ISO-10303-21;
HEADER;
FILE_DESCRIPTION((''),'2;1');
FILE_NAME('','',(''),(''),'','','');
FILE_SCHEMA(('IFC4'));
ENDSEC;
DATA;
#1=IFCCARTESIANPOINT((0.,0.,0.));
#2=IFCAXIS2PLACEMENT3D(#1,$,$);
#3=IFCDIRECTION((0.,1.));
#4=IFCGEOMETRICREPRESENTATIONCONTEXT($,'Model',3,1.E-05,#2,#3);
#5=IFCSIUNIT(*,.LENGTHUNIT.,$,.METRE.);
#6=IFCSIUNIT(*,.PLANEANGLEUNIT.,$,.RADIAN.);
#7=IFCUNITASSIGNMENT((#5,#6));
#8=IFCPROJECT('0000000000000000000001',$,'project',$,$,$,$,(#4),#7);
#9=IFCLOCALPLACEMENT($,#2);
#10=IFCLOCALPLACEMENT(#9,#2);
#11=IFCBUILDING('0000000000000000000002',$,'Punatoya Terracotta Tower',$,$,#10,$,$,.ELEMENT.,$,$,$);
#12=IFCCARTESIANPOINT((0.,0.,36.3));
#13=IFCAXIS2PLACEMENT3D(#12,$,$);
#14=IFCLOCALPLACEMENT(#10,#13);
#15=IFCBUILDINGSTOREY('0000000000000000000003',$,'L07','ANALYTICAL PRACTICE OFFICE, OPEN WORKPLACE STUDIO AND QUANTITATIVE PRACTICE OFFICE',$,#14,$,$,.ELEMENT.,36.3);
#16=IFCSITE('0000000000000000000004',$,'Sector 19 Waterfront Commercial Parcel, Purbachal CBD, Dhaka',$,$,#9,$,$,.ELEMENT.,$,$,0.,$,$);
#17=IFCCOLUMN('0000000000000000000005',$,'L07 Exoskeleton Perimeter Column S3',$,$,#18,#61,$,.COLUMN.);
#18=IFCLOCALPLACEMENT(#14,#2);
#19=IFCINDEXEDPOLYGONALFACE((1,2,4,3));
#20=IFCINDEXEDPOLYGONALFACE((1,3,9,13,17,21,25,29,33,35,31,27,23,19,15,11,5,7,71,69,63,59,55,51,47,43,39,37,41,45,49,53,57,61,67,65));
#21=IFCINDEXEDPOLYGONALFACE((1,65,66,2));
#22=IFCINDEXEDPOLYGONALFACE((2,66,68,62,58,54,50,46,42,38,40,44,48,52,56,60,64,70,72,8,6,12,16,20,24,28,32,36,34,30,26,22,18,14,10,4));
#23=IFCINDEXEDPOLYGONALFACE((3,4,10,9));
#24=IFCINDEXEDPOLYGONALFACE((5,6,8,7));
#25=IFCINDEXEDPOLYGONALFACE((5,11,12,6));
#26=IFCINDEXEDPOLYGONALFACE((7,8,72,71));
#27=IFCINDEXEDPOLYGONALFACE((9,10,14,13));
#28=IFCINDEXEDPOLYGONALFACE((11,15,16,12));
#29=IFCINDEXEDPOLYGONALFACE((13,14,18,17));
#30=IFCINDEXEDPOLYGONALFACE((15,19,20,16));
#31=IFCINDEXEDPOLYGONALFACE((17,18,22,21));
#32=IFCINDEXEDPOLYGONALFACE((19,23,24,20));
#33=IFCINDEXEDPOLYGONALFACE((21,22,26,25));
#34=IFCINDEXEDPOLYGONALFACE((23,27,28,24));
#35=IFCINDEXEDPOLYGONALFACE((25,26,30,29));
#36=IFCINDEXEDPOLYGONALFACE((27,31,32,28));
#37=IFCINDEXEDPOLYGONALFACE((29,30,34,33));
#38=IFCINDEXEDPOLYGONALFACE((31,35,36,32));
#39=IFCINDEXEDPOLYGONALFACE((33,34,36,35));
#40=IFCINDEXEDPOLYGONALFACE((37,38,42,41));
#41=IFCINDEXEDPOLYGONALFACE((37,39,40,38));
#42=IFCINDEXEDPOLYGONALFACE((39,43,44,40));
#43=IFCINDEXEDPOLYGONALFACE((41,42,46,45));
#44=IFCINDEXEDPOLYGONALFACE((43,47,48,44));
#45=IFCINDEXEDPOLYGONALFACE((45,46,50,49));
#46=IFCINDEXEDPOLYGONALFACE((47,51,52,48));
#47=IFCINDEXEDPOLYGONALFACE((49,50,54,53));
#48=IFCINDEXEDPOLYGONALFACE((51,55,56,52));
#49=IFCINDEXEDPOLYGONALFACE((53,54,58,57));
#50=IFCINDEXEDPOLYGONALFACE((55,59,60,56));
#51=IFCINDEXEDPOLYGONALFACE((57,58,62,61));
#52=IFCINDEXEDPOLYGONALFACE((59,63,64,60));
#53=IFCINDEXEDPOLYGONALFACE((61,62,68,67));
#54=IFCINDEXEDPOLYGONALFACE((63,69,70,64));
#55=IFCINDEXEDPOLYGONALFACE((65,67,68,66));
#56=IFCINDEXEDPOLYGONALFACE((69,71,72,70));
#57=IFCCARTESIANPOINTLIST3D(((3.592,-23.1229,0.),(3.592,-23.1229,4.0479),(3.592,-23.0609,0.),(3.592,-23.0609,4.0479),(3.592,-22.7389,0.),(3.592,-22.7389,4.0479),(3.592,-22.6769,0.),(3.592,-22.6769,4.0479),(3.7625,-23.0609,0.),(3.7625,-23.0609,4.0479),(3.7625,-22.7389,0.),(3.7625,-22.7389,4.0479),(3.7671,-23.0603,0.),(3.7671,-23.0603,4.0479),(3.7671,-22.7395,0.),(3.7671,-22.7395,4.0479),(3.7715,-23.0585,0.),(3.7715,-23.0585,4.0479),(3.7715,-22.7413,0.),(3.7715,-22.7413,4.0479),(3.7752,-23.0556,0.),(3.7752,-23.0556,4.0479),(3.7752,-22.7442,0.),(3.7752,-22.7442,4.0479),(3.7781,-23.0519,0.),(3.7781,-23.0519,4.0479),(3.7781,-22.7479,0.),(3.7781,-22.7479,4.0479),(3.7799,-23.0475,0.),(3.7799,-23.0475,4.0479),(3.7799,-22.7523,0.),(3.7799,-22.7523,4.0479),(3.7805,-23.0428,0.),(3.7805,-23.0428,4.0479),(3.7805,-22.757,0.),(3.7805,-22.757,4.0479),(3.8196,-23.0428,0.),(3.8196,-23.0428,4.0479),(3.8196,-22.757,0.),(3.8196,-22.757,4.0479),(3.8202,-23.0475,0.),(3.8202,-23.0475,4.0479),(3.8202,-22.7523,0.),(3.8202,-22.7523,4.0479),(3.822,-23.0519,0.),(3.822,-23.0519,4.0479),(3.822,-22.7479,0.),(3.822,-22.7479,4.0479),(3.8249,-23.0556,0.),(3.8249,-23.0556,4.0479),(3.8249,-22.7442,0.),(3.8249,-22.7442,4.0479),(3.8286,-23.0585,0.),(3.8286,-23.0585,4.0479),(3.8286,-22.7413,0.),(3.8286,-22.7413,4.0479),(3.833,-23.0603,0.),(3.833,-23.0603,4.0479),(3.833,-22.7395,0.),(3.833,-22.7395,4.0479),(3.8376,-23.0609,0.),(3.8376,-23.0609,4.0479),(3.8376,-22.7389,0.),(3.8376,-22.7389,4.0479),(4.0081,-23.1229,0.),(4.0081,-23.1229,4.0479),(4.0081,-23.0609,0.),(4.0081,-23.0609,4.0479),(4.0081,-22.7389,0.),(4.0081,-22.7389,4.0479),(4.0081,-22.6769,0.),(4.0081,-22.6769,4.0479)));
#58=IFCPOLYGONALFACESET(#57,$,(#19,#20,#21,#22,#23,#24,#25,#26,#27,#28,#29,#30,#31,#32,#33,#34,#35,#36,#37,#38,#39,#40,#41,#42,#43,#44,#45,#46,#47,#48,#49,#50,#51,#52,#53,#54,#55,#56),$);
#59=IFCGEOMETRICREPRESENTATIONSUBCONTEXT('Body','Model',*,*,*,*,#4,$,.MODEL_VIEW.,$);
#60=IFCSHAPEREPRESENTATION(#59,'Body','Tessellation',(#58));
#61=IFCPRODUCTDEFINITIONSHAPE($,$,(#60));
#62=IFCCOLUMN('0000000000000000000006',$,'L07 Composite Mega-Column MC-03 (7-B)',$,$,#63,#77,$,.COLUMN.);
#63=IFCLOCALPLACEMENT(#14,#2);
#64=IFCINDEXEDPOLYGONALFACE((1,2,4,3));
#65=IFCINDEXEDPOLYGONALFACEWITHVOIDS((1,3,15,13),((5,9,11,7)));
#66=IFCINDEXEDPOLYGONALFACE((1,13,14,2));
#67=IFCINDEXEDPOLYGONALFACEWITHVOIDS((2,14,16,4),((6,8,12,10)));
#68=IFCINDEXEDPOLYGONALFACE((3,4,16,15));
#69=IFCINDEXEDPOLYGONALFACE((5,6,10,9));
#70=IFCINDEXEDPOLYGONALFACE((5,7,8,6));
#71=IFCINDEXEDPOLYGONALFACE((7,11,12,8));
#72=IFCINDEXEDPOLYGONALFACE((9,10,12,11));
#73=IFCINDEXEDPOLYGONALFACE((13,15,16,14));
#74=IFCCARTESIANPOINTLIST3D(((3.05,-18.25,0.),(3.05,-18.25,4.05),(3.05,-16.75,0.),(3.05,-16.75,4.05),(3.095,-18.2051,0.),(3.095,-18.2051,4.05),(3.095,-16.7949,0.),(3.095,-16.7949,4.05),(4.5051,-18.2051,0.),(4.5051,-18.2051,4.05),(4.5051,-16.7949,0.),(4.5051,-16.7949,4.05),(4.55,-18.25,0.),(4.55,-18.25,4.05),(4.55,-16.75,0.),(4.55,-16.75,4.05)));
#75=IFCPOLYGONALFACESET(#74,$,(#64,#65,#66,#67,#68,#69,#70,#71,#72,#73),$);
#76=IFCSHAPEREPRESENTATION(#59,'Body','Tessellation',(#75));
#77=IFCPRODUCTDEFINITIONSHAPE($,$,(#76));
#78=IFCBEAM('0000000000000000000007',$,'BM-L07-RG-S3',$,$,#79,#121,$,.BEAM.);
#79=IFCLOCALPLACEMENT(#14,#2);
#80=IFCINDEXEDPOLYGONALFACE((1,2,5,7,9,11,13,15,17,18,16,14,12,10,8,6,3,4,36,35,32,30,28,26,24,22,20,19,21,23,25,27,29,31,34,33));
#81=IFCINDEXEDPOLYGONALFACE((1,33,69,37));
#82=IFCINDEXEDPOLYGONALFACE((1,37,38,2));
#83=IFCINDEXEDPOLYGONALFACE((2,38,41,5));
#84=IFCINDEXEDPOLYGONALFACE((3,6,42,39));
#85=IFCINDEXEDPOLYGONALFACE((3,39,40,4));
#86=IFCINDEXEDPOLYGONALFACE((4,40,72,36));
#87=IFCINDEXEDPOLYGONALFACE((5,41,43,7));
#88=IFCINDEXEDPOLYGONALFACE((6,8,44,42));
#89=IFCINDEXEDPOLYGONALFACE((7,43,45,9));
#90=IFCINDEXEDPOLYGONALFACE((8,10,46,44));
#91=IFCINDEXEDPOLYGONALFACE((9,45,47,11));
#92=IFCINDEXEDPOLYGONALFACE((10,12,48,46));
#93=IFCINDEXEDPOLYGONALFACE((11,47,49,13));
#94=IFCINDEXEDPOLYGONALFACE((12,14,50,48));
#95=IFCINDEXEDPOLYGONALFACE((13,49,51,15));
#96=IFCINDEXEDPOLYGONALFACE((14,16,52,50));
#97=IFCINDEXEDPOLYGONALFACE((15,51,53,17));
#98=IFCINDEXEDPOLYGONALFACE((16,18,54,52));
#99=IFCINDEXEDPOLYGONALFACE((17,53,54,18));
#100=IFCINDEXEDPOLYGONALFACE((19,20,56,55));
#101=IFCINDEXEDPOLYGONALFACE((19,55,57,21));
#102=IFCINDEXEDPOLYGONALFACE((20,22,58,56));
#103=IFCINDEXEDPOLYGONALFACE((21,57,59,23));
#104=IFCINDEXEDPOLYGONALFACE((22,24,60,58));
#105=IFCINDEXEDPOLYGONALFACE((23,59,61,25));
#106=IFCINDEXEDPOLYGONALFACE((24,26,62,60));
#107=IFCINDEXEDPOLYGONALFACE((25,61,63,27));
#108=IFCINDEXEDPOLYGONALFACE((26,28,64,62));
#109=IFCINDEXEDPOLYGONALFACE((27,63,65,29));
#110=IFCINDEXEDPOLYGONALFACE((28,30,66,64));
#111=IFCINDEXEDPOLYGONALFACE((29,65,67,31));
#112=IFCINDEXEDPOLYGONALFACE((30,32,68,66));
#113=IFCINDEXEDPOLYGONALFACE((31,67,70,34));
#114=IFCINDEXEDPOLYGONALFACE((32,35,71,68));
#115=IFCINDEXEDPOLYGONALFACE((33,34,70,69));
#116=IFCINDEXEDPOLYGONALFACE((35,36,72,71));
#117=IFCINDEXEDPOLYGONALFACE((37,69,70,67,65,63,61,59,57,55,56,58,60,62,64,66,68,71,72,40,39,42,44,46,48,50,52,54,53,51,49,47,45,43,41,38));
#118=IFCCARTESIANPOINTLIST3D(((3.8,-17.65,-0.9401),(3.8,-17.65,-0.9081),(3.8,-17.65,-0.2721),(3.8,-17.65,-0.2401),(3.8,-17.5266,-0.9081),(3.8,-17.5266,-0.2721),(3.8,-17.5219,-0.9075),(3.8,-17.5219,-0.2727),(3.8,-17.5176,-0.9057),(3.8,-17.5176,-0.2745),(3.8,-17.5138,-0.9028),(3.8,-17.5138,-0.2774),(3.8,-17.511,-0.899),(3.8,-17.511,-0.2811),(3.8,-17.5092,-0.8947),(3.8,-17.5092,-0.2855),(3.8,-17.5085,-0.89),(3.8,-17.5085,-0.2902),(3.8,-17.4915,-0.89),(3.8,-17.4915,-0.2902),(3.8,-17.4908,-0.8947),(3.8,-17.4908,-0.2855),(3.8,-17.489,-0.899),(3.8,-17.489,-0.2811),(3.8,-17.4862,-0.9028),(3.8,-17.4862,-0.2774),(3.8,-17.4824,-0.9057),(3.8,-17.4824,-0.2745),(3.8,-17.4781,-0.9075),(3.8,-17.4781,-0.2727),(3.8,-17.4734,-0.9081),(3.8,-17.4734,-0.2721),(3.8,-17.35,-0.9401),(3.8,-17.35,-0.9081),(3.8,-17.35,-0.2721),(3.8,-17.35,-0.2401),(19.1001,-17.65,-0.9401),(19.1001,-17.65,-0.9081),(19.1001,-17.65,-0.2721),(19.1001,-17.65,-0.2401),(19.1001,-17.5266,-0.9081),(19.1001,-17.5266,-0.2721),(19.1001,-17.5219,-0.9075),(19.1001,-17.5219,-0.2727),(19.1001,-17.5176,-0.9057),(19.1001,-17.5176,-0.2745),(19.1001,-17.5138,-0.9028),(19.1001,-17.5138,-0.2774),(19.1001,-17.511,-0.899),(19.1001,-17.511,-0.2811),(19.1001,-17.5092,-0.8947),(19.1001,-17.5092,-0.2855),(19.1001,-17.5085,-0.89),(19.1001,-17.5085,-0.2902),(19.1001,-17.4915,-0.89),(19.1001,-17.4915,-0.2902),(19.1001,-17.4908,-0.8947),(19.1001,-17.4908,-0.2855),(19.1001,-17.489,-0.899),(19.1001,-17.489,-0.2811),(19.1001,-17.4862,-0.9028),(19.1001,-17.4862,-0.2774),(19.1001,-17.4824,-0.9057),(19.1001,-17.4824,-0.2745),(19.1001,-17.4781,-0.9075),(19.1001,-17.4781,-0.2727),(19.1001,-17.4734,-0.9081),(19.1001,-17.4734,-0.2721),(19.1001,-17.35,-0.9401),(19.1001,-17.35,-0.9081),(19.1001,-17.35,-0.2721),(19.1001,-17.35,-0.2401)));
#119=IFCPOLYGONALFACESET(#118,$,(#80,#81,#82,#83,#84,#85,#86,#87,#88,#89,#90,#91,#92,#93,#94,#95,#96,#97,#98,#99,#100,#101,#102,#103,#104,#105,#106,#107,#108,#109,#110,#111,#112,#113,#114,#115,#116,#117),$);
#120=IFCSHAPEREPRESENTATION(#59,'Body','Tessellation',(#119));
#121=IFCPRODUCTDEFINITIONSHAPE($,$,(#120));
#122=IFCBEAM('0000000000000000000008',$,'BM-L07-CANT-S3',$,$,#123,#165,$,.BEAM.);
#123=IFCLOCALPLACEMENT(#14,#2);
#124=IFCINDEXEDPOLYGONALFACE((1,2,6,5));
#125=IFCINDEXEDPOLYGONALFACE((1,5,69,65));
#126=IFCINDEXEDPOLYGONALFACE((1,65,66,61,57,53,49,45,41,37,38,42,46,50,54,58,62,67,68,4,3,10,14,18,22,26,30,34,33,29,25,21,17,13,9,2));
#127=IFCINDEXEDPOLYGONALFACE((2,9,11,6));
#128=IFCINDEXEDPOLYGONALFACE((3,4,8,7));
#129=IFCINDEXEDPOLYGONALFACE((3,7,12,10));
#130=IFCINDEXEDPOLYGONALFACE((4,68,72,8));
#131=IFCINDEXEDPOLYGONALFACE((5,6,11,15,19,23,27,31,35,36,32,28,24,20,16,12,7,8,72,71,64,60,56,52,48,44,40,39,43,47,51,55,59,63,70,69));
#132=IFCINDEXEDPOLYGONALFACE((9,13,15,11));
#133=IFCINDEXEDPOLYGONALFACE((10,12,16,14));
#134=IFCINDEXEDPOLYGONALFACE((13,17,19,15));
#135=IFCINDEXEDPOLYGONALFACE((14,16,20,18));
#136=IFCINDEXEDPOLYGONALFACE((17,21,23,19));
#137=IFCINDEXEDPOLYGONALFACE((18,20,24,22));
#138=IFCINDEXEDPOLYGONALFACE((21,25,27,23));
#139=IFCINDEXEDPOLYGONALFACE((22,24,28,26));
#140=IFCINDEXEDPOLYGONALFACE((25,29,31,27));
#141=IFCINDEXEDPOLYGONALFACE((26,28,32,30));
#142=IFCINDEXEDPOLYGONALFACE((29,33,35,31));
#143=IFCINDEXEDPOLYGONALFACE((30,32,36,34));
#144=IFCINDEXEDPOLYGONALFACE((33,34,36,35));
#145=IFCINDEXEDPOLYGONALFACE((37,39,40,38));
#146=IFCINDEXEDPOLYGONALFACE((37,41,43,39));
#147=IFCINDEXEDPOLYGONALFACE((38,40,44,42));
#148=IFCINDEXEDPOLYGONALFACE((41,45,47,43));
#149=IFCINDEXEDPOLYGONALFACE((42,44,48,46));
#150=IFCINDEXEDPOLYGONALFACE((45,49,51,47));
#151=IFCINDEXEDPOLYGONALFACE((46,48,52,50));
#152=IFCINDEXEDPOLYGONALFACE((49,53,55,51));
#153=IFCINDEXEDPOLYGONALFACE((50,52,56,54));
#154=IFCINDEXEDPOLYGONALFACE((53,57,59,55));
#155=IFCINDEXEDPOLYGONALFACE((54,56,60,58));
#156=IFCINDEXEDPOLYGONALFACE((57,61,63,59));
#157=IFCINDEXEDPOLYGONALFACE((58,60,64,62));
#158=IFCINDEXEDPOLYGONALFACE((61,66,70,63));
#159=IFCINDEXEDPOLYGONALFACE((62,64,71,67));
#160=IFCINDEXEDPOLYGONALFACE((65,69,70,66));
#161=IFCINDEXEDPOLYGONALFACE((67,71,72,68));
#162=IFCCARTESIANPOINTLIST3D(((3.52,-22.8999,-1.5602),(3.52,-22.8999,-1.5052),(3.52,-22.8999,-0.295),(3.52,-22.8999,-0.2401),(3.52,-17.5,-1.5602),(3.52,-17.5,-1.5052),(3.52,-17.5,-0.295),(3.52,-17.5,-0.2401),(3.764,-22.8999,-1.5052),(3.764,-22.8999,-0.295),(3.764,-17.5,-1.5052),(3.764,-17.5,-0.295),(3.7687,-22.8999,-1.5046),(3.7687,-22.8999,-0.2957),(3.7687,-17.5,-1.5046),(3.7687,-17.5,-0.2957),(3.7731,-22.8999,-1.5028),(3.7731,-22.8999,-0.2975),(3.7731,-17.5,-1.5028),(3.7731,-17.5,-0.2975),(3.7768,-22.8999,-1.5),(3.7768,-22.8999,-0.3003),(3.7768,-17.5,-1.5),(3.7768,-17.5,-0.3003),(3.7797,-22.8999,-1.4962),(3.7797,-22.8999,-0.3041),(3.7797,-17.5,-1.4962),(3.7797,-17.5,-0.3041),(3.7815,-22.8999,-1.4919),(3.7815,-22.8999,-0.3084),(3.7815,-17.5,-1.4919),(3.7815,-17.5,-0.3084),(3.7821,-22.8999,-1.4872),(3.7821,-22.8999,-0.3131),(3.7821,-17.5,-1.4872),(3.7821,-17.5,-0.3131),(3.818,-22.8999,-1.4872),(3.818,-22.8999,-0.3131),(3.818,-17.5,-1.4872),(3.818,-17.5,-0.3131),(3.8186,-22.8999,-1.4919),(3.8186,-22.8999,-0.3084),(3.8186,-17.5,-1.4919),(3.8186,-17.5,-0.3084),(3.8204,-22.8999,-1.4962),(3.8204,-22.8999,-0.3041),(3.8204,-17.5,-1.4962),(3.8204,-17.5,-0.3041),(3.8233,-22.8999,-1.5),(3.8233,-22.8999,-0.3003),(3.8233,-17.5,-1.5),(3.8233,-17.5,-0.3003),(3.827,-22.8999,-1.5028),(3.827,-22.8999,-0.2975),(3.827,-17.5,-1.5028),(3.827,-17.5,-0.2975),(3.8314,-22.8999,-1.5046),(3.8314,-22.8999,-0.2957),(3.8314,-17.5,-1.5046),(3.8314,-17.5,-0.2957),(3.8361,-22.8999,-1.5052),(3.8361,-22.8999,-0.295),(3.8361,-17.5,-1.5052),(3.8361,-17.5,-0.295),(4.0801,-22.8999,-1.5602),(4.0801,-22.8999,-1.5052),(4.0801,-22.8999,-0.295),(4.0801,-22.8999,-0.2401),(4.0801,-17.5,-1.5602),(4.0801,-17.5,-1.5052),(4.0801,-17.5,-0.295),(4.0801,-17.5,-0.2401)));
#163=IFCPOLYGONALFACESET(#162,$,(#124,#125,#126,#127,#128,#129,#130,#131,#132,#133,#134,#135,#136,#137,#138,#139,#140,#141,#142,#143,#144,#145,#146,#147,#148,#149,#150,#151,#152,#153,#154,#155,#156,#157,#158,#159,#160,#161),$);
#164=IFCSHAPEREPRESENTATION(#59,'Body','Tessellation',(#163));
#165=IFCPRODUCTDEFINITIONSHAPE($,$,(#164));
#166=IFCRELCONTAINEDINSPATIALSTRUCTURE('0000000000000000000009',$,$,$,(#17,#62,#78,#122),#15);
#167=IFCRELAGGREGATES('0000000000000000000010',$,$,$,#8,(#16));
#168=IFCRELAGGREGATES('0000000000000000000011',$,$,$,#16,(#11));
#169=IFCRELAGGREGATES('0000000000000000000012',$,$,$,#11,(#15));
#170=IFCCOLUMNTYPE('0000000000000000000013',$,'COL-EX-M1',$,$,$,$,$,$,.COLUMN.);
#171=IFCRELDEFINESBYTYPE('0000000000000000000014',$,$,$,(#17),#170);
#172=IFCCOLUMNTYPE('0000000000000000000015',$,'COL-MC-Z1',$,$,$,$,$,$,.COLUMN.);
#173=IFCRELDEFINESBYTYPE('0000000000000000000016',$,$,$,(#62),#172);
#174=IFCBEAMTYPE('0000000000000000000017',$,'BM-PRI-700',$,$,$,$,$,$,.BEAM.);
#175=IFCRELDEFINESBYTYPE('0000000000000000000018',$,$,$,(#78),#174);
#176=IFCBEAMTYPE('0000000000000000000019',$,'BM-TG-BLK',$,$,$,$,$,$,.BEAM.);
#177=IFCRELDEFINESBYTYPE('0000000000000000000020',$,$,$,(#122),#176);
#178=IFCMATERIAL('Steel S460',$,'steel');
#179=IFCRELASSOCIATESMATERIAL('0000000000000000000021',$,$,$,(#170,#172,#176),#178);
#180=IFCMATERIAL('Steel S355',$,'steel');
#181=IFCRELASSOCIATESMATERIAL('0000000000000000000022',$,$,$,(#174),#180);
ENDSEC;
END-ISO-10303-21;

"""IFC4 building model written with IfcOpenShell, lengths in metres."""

from ifc_helpers import new_model, si_unit, direction, frame, origin, origin_2d, place, context, subcontext, project, spatial, hollow_rectangle, i_section, extrude, material, material_profile, profile_set, type_object, element, save


model = new_model("IFC4")

# Units and contexts
model_context = context("Model", 3, precision=1e-05, world=origin(), true_north=direction((0.0, 1.0)))
body_context = subcontext(model_context, "Body", "Model", "MODEL_VIEW")
ifc_project = project(units=[si_unit("LENGTHUNIT", "METRE"), si_unit("PLANEANGLEUNIT", "RADIAN")], contexts=[model_context])

# Site, building, storey
site_placement = place(None, origin())
site = spatial("IfcSite", under=ifc_project, at=site_placement, Name="Sector 19 Waterfront Commercial Parcel, Purbachal CBD, Dhaka", CompositionType="ELEMENT", RefElevation=0.0)
building_placement = place(site_placement, origin())
building = spatial("IfcBuilding", under=site, at=building_placement, Name="Punatoya Terracotta Tower", CompositionType="ELEMENT")
storey_placement = place(building_placement, frame((0.0, 0.0, 36.3)))
storey = spatial("IfcBuildingStorey", under=building, at=storey_placement, Name="L07", Description="ANALYTICAL PRACTICE OFFICE, OPEN WORKPLACE STUDIO AND QUANTITATIVE PRACTICE OFFICE", CompositionType="ELEMENT", Elevation=36.3)

# Columns
ifc_material_1 = material(Name="Steel S460", Category="steel")
ifc_material_profile_1 = material_profile(ifc_material_1, i_section(OverallWidth=0.416, OverallDepth=0.446, WebThickness=0.0391, FlangeThickness=0.062, FilletRadius=0.0181, at=origin_2d()))
ifc_profile_set_1 = profile_set([ifc_material_profile_1], Name="Steel S460")
column_type_1 = type_object("IfcColumnType", Name="COL-EX-M1", PredefinedType="COLUMN", material=ifc_profile_set_1)
column_1_placement = place(storey_placement, frame((3.8, -22.8999, 0.0), z_axis=(0.0, 0.0, 1.0), x_axis=(1.0, 0.0, 0.0)))
element("IfcColumn", 1, at=column_1_placement, inside=storey, type_object=column_type_1, Name="L07 Exoskeleton Perimeter Column S3", PredefinedType="COLUMN", context=body_context, shape_type="SweptSolid", body=[
    extrude(i_section(OverallWidth=0.416, OverallDepth=0.446, WebThickness=0.0391, FlangeThickness=0.062, FilletRadius=0.0181, at=origin_2d()), origin(), (0.0, 0.0, 1.0), 4.0479),
])
ifc_material_profile_2 = material_profile(ifc_material_1, hollow_rectangle(XDim=1.5, YDim=1.5, WallThickness=0.0449, at=origin_2d()))
ifc_profile_set_2 = profile_set([ifc_material_profile_2], Name="Steel S460")
column_type_2 = type_object("IfcColumnType", Name="COL-MC-Z1", PredefinedType="COLUMN", material=ifc_profile_set_2)
column_2_placement = place(storey_placement, frame((3.8, -17.5, 0.0), z_axis=(0.0, 0.0, 1.0), x_axis=(1.0, 0.0, 0.0)))
element("IfcColumn", 2, at=column_2_placement, inside=storey, type_object=column_type_2, Name="L07 Composite Mega-Column MC-03 (7-B)", PredefinedType="COLUMN", context=body_context, shape_type="SweptSolid", body=[
    extrude(hollow_rectangle(XDim=1.5, YDim=1.5, WallThickness=0.0449, at=origin_2d()), origin(), (0.0, 0.0, 1.0), 4.05),
])

# Beams
ifc_material_2 = material(Name="Steel S355", Category="steel")
ifc_material_profile_3 = material_profile(ifc_material_2, i_section(OverallWidth=0.3, OverallDepth=0.7, WebThickness=0.0171, FlangeThickness=0.032, FilletRadius=0.0181, at=origin_2d()))
ifc_profile_set_3 = profile_set([ifc_material_profile_3], Name="Steel S355")
beam_type_1 = type_object("IfcBeamType", Name="BM-PRI-700", PredefinedType="BEAM", material=ifc_profile_set_3)
beam_1_placement = place(storey_placement, frame((3.8, -17.5, -0.5901), z_axis=(1.0, 0.0, 0.0), x_axis=(0.0, 1.0, 0.0)))
element("IfcBeam", 3, at=beam_1_placement, inside=storey, type_object=beam_type_1, Name="BM-L07-RG-S3", PredefinedType="BEAM", context=body_context, shape_type="SweptSolid", body=[
    extrude(i_section(OverallWidth=0.3, OverallDepth=0.7, WebThickness=0.0171, FlangeThickness=0.032, FilletRadius=0.0181, at=origin_2d()), origin(), (0.0, 0.0, 1.0), 15.3),
])
ifc_material_profile_4 = material_profile(ifc_material_1, i_section(OverallWidth=0.5601, OverallDepth=1.3201, WebThickness=0.0359, FlangeThickness=0.0549, FilletRadius=0.0181, at=origin_2d()))
ifc_profile_set_4 = profile_set([ifc_material_profile_4], Name="Steel S460")
beam_type_2 = type_object("IfcBeamType", Name="BM-TG-BLK", PredefinedType="BEAM", material=ifc_profile_set_4)
beam_2_placement = place(storey_placement, frame((3.8, -22.8999, -0.9001), z_axis=(0.0, 1.0, 0.0), x_axis=(-1.0, 0.0, 0.0)))
element("IfcBeam", 4, at=beam_2_placement, inside=storey, type_object=beam_type_2, Name="BM-L07-CANT-S3", PredefinedType="BEAM", context=body_context, shape_type="SweptSolid", body=[
    extrude(i_section(OverallWidth=0.5601, OverallDepth=1.3201, WebThickness=0.0359, FlangeThickness=0.0549, FilletRadius=0.0181, at=origin_2d()), origin(), (0.0, 0.0, 1.0), 5.3999),
])

save(model, "model.ifc")
